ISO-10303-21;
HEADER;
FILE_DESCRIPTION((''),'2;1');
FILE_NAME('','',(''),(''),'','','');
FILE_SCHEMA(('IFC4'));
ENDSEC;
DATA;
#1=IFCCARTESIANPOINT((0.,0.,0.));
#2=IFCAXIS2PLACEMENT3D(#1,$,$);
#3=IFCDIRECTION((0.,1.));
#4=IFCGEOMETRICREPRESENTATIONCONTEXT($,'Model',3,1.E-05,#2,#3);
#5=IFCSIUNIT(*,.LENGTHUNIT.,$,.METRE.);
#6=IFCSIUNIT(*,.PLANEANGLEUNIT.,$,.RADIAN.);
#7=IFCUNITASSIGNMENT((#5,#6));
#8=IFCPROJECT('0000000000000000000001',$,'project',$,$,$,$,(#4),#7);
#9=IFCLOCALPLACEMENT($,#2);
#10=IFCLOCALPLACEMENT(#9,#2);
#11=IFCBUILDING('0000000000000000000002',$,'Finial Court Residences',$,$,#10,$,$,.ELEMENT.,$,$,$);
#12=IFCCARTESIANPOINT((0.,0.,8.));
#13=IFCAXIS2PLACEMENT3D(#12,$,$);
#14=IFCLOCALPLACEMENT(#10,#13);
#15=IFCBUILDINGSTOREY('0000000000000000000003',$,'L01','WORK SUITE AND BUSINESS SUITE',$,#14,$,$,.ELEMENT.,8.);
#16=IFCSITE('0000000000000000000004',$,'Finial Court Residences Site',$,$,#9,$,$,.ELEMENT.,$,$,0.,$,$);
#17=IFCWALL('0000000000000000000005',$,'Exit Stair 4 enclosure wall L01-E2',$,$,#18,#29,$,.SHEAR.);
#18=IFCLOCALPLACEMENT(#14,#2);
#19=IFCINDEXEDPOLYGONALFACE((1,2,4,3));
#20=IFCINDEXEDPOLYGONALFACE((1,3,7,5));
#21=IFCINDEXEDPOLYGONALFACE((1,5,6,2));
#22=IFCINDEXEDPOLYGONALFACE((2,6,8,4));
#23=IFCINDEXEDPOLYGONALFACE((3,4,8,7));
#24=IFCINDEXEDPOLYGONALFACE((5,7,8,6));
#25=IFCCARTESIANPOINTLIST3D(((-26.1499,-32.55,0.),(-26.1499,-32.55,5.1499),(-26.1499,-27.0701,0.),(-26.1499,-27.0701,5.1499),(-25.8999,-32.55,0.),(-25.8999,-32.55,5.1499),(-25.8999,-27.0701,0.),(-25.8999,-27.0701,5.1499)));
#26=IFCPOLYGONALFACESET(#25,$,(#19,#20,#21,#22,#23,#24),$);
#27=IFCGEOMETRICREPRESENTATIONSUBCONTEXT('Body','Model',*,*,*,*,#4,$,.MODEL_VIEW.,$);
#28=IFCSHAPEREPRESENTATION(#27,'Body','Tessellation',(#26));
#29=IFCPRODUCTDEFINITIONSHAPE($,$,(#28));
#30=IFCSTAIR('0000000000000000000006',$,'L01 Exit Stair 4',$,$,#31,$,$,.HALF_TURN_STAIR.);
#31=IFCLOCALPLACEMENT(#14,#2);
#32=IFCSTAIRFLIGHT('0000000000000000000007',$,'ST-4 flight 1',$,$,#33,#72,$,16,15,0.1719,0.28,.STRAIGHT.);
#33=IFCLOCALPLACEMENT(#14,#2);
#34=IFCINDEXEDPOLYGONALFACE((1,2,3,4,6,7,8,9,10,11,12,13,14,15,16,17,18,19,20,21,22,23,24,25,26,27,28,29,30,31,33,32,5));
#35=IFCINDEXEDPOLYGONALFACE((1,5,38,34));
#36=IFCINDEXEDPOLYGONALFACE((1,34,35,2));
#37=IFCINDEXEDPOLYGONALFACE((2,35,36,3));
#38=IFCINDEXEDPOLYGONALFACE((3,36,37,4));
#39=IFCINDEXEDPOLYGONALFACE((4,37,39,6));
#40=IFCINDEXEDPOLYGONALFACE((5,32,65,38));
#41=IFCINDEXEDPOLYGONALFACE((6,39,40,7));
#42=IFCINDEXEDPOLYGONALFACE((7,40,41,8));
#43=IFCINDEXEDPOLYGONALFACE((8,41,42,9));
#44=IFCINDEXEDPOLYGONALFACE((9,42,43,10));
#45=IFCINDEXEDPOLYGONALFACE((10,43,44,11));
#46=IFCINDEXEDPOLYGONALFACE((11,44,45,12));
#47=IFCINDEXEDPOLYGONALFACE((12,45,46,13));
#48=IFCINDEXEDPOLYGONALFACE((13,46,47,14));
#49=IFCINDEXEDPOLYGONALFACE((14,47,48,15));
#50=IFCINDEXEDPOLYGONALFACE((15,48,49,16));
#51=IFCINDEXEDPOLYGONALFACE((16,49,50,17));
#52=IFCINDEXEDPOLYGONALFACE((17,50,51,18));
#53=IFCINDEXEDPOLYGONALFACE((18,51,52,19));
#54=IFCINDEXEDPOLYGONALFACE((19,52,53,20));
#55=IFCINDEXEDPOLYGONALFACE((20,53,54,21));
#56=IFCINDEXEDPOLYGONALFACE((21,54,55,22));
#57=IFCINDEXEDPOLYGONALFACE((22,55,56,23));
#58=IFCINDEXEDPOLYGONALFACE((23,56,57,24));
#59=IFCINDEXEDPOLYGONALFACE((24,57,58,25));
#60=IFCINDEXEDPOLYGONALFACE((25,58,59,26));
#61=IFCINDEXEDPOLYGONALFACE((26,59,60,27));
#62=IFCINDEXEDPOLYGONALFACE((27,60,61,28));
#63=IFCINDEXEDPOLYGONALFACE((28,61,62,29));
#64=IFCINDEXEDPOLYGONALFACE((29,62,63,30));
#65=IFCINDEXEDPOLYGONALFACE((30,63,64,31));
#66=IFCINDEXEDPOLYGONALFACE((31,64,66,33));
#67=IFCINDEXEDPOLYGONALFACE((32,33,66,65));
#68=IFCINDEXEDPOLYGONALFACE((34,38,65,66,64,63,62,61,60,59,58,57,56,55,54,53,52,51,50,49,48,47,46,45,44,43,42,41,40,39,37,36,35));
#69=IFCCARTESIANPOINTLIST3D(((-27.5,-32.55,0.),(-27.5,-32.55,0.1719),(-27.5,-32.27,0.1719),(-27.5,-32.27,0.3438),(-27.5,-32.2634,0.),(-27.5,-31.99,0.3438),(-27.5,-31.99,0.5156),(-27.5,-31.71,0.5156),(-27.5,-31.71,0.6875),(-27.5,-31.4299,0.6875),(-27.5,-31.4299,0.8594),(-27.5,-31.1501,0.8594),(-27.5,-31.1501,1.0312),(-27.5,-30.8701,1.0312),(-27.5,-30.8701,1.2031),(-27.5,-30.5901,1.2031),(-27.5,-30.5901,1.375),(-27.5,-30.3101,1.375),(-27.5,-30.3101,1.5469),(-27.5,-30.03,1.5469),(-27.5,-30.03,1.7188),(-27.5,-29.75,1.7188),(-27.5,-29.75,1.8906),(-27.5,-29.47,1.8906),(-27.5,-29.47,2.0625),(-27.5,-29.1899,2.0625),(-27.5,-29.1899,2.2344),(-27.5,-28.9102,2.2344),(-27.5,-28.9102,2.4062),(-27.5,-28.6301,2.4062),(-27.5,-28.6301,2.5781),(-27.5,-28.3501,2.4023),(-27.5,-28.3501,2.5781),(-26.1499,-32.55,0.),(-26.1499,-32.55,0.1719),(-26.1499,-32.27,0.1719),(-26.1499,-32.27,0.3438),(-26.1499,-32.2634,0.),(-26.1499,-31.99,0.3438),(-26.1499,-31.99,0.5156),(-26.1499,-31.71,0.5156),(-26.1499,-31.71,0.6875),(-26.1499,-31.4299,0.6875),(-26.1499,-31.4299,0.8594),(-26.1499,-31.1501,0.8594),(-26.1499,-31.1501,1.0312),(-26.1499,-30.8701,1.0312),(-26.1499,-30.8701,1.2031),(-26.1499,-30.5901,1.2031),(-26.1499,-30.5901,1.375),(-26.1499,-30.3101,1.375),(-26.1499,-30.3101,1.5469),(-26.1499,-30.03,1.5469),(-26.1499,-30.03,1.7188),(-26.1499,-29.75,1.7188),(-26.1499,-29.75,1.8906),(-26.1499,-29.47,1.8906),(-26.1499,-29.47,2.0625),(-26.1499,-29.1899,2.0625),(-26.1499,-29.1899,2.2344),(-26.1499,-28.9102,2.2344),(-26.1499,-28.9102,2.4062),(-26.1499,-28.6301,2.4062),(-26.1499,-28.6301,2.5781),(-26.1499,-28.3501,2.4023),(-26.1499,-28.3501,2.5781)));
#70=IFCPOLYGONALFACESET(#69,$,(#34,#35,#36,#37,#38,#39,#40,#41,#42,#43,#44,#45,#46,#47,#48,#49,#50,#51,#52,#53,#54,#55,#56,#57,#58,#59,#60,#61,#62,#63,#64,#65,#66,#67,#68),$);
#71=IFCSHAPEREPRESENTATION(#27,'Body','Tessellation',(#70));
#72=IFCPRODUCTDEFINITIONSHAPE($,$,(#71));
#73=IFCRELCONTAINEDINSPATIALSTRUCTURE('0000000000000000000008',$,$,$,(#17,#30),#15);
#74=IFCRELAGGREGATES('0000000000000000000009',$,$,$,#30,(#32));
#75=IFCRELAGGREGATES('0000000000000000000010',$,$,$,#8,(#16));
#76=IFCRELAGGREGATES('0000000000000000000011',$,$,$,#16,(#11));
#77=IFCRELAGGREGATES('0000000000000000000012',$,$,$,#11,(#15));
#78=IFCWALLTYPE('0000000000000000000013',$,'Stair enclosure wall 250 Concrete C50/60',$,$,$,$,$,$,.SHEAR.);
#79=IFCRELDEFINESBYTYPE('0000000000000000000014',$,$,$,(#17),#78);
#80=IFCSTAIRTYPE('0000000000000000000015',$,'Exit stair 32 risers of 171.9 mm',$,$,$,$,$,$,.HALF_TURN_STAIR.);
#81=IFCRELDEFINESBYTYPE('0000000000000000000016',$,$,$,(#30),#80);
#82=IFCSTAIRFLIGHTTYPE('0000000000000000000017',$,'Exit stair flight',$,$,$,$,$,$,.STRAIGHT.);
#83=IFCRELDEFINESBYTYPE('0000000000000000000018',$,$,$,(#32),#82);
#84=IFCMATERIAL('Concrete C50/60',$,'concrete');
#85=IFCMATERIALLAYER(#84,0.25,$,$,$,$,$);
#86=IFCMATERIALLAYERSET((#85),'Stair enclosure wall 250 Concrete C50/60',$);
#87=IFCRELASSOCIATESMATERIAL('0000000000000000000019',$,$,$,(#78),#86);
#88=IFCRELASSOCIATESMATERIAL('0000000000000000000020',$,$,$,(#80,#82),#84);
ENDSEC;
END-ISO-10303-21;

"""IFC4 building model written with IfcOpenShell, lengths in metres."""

from ifc_helpers import new_model, si_unit, direction, frame, frame_2d, origin, place, context, subcontext, project, spatial, polyline, rectangle, outline, extrude, material, layer, layer_set, type_object, element, aggregate, save


model = new_model("IFC4")

# Units and contexts
model_context = context("Model", 3, precision=1e-05, world=origin(), true_north=direction((0.0, 1.0)))
body_context = subcontext(model_context, "Body", "Model", "MODEL_VIEW")
ifc_project = project(units=[si_unit("LENGTHUNIT", "METRE"), si_unit("PLANEANGLEUNIT", "RADIAN")], contexts=[model_context])

# Site, building, storey
site_placement = place(None, origin())
site = spatial("IfcSite", under=ifc_project, at=site_placement, Name="Finial Court Residences Site", CompositionType="ELEMENT", RefElevation=0.0)
building_placement = place(site_placement, origin())
building = spatial("IfcBuilding", under=site, at=building_placement, Name="Finial Court Residences", CompositionType="ELEMENT")
storey_placement = place(building_placement, frame((0.0, 0.0, 8.0)))
storey = spatial("IfcBuildingStorey", under=building, at=storey_placement, Name="L01", Description="WORK SUITE AND BUSINESS SUITE", CompositionType="ELEMENT", Elevation=8.0)

# Shared definitions
ifc_material_1 = material(Name="Concrete C50/60", Category="concrete")

# Shared definitions
ifc_layer_1 = layer(ifc_material_1, 0.25)
ifc_layer_set_1 = layer_set([ifc_layer_1], Name="Stair enclosure wall 250 Concrete C50/60")
wall_type_1 = type_object("IfcWallType", Name="Stair enclosure wall 250 Concrete C50/60", PredefinedType="SHEAR", material=ifc_layer_set_1)

# Wall
wall_1_placement = place(storey_placement, frame((-26.0249, -32.55, 0.0), z_axis=(0.0, 0.0, 1.0), x_axis=(0.0, 1.0, 0.0)))
element("IfcWall", 1, at=wall_1_placement, inside=storey, type_object=wall_type_1, Name="Exit Stair 4 enclosure wall L01-E2", PredefinedType="SHEAR", context=body_context, shape_type="SweptSolid", body=[
    extrude(rectangle(XDim=5.48, YDim=0.25, at=frame_2d((2.74, 0.0))), origin(), (0.0, 0.0, 1.0), 5.1499),
])

# Stair, stair flight
stair_type = type_object("IfcStairType", Name="Exit stair 32 risers of 171.9 mm", PredefinedType="HALF_TURN_STAIR", material=ifc_material_1)
stair_placement = place(storey_placement, origin())
stair = element("IfcStair", 2, at=stair_placement, inside=storey, type_object=stair_type, Name="L01 Exit Stair 4", PredefinedType="HALF_TURN_STAIR")
stair_flight_type = type_object("IfcStairFlightType", Name="Exit stair flight", PredefinedType="STRAIGHT", material=ifc_material_1)
stair_flight_placement = place(storey_placement, frame((-26.825, -32.55, 0.0), z_axis=(0.0, 0.0, 1.0), x_axis=(0.0, 1.0, 0.0)))
stair_flight = element("IfcStairFlight", 3, at=stair_flight_placement, type_object=stair_flight_type, Name="ST-4 flight 1", NumberOfRisers=16, NumberOfTreads=15, PredefinedType="STRAIGHT", RiserHeight=0.1719, TreadLength=0.28, context=body_context, shape_type="SweptSolid", body=[
    extrude(outline(polyline([(0.0, 0.0), (0.0, 0.1719), (0.28, 0.1719), (0.28, 0.3438), (0.5601, 0.3438), (0.5601, 0.5156), (0.8401, 0.5156), (0.8401, 0.6875), (1.1201, 0.6875), (1.1201, 0.8594), (1.3999, 0.8594), (1.3999, 1.0312), (1.6799, 1.0312), (1.6799, 1.2031), (1.96, 1.2031), (1.96, 1.375), (2.24, 1.375), (2.24, 1.5469), (2.52, 1.5469), (2.52, 1.7188), (2.8, 1.7188), (2.8, 1.8906), (3.0801, 1.8906), (3.0801, 2.0625), (3.3601, 2.0625), (3.3601, 2.2344), (3.6399, 2.2344), (3.6399, 2.4062), (3.9199, 2.4062), (3.9199, 2.5781), (4.2, 2.5781), (4.2, 2.75), (4.2, 2.4023), (0.2866, 0.0), (0.0, 0.0)])), frame((0.0, 0.675, 0.0), z_axis=(0.0, -1.0, 0.0), x_axis=(1.0, 0.0, 0.0)), (0.0, 0.0, 1.0), 1.3501),
])
aggregate(stair, [stair_flight])

save(model, "model.ifc")
